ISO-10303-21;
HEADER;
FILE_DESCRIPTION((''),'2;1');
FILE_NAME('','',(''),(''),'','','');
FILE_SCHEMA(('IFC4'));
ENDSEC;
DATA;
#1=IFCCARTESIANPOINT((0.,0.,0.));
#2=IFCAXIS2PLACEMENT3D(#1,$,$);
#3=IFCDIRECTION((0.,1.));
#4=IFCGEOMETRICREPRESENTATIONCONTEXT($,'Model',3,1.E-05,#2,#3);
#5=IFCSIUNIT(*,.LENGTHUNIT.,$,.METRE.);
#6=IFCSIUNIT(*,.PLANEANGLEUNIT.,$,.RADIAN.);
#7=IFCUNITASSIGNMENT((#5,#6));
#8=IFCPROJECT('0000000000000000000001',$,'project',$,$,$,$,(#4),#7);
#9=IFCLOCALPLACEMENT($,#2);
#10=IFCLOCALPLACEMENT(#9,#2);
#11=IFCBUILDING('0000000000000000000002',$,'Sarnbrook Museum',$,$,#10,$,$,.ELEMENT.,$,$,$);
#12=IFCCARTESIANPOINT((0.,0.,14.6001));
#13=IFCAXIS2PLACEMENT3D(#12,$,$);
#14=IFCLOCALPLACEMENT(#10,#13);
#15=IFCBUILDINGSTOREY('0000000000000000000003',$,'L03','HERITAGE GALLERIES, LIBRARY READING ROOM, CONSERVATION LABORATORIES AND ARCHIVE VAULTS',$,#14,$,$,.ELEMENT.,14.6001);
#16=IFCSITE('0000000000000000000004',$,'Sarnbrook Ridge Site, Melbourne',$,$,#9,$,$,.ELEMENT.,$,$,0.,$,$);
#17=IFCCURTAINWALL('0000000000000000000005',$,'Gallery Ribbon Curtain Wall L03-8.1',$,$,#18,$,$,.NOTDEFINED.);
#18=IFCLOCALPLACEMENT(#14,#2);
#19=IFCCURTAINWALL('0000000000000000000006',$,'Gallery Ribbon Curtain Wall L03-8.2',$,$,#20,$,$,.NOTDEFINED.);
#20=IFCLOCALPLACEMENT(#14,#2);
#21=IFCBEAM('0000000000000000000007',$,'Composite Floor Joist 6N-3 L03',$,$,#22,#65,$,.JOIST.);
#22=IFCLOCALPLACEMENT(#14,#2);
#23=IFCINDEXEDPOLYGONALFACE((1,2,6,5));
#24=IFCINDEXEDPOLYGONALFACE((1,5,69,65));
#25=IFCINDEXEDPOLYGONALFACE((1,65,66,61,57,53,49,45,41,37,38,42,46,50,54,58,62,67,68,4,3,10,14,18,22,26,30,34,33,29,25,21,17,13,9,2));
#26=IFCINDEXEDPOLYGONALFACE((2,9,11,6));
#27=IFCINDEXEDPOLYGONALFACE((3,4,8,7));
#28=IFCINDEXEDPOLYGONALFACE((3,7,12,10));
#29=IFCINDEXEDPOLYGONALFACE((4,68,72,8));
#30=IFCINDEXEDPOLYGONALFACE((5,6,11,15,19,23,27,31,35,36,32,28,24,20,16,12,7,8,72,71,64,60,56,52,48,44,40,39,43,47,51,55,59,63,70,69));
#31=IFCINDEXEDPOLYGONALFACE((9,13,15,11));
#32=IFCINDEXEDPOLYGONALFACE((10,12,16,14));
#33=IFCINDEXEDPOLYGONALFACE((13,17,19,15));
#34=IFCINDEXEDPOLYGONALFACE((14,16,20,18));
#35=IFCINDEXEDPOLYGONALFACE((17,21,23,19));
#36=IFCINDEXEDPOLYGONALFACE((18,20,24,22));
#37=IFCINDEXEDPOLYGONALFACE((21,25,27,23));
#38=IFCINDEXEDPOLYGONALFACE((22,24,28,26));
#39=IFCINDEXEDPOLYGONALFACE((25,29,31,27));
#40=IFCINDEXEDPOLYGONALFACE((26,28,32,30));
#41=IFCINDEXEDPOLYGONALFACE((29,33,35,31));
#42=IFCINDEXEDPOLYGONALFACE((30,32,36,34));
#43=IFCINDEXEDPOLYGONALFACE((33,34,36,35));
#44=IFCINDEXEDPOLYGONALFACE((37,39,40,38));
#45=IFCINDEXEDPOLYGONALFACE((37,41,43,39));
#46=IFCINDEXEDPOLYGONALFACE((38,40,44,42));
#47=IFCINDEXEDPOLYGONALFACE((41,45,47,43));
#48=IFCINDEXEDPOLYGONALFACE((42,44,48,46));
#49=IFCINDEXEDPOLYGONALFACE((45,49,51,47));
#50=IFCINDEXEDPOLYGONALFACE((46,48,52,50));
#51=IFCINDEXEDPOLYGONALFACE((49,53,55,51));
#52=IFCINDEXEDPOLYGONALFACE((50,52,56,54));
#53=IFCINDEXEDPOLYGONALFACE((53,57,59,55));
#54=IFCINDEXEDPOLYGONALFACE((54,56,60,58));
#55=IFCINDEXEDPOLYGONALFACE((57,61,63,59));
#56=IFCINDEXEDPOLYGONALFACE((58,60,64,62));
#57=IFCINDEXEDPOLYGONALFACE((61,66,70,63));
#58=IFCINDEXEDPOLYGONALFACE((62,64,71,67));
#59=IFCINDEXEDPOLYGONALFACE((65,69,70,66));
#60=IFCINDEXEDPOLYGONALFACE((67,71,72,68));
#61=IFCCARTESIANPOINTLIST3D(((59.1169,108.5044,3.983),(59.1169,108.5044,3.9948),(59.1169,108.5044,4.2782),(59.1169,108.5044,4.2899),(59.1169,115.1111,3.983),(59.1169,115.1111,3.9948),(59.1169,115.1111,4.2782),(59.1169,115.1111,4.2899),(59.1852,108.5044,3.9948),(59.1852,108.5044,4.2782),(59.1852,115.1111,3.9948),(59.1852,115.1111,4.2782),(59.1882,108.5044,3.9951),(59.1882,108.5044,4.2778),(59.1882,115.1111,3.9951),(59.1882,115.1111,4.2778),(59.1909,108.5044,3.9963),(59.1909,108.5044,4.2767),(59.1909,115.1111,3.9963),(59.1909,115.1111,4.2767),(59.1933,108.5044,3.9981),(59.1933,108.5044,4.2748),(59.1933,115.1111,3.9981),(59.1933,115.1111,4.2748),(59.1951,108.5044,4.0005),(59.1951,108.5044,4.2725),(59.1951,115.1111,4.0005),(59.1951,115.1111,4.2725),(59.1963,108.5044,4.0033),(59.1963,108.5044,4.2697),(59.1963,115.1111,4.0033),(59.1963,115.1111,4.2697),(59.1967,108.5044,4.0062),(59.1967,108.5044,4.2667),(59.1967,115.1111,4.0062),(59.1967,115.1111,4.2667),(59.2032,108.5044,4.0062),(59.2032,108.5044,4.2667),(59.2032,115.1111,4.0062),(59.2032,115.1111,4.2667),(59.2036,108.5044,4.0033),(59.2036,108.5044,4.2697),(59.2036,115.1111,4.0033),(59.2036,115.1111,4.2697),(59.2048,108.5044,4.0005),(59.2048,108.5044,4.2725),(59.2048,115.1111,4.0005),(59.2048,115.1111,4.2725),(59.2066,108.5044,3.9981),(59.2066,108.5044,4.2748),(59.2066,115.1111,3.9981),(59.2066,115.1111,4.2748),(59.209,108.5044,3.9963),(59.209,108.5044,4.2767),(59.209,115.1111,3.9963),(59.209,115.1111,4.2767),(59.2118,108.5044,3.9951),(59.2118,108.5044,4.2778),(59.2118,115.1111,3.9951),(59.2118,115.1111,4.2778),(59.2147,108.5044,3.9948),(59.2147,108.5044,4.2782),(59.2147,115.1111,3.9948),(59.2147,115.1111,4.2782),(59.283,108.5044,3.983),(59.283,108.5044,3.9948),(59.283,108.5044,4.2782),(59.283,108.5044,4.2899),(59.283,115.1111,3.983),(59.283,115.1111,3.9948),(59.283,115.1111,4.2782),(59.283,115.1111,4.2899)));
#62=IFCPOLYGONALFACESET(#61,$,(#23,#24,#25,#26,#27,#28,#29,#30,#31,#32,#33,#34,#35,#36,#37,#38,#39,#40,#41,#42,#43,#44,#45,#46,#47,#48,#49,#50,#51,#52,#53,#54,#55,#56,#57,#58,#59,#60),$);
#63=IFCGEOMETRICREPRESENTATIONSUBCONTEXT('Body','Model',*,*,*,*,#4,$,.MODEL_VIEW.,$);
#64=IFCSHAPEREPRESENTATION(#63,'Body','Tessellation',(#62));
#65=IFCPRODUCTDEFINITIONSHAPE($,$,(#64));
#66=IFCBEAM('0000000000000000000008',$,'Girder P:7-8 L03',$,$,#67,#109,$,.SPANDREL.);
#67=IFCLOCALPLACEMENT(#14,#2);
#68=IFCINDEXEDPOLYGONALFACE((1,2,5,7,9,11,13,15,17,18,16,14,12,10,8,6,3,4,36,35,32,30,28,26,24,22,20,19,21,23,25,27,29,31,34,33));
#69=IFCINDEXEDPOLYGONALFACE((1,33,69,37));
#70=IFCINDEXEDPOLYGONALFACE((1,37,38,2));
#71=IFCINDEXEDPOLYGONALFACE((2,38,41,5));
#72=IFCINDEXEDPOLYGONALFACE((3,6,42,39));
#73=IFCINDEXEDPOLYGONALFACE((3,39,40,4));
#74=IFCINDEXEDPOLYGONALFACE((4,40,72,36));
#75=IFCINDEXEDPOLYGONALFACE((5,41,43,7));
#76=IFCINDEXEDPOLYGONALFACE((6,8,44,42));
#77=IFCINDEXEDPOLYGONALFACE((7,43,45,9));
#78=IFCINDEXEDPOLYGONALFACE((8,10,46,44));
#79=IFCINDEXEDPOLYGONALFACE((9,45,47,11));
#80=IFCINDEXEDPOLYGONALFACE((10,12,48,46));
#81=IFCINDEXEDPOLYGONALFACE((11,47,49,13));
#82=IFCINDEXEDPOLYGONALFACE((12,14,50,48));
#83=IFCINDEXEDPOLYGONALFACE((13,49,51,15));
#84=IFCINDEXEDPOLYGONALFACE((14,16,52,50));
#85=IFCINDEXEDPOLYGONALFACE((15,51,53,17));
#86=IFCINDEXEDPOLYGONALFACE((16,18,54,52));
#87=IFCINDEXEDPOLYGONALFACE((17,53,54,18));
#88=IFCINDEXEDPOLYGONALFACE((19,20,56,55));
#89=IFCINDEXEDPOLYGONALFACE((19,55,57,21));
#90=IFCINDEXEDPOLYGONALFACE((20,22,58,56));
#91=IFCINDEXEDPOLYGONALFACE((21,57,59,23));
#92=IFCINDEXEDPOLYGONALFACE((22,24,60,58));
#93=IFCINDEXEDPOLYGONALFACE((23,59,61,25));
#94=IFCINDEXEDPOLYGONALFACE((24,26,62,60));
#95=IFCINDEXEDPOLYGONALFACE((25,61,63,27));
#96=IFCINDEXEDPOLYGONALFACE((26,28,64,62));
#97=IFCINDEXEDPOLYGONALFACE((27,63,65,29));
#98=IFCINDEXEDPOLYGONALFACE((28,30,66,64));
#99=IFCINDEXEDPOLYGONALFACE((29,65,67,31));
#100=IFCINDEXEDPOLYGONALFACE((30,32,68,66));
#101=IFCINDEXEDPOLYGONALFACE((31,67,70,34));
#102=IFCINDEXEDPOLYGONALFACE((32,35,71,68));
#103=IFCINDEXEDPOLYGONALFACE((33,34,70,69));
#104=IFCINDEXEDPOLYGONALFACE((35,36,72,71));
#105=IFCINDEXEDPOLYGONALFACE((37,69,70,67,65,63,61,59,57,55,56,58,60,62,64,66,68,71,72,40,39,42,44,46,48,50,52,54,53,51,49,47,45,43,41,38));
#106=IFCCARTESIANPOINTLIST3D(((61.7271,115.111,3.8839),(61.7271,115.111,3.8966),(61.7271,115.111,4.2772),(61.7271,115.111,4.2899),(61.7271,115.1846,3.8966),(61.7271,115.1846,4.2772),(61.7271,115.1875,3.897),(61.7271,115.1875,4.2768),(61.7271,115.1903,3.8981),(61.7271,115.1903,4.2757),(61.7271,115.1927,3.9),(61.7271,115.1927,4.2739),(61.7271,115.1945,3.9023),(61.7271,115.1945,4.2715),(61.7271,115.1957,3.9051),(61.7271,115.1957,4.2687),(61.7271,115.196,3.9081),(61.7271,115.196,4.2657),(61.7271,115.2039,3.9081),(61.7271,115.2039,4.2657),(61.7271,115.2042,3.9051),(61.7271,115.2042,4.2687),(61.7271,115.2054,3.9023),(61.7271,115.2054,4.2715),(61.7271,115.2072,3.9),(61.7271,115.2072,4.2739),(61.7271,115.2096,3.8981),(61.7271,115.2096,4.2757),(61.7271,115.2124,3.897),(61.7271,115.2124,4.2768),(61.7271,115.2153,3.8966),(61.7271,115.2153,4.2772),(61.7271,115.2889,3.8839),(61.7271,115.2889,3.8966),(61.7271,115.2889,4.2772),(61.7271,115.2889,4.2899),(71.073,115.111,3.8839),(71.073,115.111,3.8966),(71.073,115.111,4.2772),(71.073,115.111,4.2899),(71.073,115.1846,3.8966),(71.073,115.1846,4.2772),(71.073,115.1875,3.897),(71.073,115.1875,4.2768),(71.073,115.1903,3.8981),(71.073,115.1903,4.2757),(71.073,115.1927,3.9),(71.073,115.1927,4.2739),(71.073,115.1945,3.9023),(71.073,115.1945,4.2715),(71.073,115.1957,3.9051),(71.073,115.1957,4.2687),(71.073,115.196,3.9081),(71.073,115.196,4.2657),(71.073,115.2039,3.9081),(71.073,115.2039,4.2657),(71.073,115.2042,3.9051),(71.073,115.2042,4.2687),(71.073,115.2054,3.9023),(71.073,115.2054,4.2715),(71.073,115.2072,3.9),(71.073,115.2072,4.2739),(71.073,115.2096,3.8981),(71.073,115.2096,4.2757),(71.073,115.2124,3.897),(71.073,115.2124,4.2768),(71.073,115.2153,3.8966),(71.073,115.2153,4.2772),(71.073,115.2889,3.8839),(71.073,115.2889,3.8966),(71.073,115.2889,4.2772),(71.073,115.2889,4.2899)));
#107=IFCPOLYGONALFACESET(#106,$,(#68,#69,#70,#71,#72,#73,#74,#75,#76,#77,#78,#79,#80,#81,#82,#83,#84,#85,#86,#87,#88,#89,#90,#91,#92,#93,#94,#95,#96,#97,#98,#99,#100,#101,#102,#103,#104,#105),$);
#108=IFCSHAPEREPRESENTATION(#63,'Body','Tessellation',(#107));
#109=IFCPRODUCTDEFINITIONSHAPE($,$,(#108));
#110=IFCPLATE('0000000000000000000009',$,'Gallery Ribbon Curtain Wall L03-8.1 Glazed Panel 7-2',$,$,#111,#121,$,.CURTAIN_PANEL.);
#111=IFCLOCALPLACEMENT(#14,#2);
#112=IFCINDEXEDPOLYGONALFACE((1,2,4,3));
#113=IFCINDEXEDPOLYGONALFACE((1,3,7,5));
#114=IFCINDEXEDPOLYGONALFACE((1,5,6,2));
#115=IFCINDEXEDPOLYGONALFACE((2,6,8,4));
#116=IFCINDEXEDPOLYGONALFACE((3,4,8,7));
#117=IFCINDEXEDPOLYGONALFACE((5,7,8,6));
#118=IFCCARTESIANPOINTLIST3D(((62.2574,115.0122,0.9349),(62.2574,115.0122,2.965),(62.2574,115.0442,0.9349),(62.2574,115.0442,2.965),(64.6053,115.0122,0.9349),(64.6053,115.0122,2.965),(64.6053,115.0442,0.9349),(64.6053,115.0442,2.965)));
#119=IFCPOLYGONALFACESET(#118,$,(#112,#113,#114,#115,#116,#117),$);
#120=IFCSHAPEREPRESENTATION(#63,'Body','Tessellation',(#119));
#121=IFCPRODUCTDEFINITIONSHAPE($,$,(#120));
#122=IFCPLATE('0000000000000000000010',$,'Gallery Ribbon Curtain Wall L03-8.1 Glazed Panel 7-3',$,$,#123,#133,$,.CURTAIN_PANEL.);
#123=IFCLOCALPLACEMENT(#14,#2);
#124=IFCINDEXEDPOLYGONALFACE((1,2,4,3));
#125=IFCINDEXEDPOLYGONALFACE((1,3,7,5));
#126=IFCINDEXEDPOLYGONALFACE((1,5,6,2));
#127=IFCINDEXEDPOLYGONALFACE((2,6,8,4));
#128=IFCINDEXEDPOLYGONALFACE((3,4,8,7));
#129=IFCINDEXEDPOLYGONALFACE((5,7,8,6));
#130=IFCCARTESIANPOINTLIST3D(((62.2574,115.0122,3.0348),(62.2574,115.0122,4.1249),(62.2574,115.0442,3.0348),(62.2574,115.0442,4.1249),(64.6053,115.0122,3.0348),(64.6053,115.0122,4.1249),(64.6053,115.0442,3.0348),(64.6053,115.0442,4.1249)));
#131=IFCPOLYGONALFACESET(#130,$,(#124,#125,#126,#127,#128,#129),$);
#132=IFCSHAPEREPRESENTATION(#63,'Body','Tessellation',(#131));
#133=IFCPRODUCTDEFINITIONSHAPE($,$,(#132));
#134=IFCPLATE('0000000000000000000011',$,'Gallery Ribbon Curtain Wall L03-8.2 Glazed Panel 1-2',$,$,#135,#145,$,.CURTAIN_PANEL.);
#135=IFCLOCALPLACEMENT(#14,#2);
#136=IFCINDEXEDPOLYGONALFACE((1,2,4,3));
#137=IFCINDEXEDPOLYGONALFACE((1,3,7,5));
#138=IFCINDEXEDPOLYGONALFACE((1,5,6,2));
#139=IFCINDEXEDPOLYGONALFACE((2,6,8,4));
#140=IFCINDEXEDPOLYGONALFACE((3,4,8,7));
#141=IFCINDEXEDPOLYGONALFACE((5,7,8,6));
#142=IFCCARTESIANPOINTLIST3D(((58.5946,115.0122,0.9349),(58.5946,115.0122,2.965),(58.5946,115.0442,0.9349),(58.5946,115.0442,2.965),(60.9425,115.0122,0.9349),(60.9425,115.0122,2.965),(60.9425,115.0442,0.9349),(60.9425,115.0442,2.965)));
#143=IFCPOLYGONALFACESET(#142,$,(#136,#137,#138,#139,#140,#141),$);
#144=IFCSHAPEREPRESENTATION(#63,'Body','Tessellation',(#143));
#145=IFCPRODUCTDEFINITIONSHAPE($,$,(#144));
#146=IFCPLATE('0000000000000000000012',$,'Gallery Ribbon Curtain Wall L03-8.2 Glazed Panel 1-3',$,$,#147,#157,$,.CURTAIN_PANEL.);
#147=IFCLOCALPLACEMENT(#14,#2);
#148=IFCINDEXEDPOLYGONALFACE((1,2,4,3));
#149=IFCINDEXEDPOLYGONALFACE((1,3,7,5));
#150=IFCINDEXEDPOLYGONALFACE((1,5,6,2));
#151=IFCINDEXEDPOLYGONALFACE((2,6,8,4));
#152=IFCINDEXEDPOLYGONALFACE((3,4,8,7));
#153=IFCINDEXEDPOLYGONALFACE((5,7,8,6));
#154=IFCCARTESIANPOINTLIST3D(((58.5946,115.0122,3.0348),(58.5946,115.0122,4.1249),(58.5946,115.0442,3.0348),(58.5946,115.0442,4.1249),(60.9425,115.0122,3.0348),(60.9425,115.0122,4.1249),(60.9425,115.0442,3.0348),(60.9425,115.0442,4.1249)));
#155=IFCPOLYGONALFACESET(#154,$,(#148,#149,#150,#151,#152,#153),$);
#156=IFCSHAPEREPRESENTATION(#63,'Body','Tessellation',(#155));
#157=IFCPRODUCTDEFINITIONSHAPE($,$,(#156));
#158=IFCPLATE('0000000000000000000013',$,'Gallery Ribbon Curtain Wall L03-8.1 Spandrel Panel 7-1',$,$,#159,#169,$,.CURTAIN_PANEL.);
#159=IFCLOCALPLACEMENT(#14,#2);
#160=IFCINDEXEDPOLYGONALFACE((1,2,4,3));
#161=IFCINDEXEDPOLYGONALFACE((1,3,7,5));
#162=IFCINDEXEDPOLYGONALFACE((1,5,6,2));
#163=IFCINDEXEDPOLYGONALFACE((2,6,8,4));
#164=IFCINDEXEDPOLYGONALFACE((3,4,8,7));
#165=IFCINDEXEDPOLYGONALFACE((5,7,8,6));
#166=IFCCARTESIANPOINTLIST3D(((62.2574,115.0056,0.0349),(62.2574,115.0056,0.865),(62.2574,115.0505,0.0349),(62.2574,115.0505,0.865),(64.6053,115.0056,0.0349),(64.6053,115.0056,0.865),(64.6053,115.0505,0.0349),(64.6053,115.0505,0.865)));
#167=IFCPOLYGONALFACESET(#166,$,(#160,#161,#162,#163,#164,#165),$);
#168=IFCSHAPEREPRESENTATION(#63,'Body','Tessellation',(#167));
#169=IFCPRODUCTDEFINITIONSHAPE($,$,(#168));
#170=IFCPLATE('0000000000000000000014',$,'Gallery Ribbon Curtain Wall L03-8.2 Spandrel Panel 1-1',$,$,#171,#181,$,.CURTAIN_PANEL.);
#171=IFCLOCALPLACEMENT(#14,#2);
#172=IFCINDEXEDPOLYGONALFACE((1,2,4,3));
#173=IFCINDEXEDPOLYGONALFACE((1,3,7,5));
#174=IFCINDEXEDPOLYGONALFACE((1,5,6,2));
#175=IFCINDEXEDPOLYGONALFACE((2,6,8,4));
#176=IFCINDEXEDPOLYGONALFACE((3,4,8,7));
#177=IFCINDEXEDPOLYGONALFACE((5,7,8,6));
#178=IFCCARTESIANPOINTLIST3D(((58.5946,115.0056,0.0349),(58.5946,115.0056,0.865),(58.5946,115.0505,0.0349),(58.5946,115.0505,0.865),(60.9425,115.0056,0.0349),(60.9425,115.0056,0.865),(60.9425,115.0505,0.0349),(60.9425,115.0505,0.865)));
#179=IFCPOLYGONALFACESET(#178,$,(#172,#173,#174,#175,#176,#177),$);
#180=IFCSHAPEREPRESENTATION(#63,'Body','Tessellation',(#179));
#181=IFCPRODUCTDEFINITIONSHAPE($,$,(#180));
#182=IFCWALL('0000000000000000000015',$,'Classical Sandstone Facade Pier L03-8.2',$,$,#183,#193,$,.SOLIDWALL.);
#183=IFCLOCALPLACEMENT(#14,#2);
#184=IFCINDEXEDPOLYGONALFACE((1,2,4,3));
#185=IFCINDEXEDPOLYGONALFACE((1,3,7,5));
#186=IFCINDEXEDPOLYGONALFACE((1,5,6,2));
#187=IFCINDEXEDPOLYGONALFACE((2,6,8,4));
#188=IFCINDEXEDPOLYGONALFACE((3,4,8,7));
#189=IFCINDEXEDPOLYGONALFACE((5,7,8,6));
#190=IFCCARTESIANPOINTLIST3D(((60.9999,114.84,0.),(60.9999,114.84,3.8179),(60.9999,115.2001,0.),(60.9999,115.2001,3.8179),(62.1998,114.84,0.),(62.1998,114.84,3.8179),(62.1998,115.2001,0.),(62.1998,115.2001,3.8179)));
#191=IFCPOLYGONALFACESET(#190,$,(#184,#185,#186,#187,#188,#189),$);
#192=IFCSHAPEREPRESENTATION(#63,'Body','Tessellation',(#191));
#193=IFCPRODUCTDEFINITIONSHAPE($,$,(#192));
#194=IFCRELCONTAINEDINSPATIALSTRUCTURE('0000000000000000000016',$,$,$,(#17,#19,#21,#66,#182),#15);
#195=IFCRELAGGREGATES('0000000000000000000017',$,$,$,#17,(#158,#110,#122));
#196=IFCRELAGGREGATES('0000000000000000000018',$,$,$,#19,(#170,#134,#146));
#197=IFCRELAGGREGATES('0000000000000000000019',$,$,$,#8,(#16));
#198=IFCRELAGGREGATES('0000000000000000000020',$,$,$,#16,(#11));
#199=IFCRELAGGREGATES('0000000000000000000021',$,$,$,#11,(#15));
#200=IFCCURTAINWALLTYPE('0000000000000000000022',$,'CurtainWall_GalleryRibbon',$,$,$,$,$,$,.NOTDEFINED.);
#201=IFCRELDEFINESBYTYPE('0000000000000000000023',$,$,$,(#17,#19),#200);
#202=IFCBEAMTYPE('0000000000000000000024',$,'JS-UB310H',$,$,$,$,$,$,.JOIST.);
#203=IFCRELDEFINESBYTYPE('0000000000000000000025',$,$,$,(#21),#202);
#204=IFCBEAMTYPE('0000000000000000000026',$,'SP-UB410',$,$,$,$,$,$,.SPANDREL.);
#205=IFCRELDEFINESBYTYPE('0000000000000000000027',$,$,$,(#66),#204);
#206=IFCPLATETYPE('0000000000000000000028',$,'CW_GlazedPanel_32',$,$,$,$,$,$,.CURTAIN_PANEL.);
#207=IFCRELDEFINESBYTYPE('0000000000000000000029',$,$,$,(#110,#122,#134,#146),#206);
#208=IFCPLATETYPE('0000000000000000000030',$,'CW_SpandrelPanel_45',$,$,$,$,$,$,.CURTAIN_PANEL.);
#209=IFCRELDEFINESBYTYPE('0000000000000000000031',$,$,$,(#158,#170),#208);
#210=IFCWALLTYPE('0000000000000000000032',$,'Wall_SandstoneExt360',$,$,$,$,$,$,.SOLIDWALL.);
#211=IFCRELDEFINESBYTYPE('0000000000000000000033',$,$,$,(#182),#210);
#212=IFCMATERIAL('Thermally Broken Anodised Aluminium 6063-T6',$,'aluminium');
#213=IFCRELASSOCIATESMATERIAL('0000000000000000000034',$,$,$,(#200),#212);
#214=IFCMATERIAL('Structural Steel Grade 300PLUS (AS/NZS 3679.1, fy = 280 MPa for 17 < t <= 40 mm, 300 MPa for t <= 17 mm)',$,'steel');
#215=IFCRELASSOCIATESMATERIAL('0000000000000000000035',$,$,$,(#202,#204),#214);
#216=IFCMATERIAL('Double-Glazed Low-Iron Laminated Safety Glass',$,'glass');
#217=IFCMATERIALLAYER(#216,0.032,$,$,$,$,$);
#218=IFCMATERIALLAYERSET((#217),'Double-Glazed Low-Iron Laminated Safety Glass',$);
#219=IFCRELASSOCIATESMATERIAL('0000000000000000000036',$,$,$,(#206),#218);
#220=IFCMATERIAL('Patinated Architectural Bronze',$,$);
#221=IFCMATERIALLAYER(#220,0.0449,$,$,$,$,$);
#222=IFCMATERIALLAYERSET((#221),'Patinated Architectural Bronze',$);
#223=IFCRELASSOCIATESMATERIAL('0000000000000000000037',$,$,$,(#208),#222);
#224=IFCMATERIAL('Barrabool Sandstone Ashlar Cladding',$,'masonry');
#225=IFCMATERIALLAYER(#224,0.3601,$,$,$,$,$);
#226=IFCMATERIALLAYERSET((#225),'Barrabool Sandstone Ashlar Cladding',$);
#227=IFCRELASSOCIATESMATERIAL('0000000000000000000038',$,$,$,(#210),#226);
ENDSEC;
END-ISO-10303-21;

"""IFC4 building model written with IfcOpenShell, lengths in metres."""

from ifc_helpers import new_model, si_unit, direction, frame, frame_2d, origin, origin_2d, place, context, subcontext, project, spatial, rectangle, i_section, extrude, material, layer, layer_set, material_profile, profile_set, type_object, element, aggregate, save


model = new_model("IFC4")

# Units and contexts
model_context = context("Model", 3, precision=1e-05, world=origin(), true_north=direction((0.0, 1.0)))
body_context = subcontext(model_context, "Body", "Model", "MODEL_VIEW")
ifc_project = project(units=[si_unit("LENGTHUNIT", "METRE"), si_unit("PLANEANGLEUNIT", "RADIAN")], contexts=[model_context])

# Site, building, storey
site_placement = place(None, origin())
site = spatial("IfcSite", under=ifc_project, at=site_placement, Name="Sarnbrook Ridge Site, Melbourne", CompositionType="ELEMENT", RefElevation=0.0)
building_placement = place(site_placement, origin())
building = spatial("IfcBuilding", under=site, at=building_placement, Name="Sarnbrook Museum", CompositionType="ELEMENT")
storey_placement = place(building_placement, frame((0.0, 0.0, 14.6001)))
storey = spatial("IfcBuildingStorey", under=building, at=storey_placement, Name="L03", Description="HERITAGE GALLERIES, LIBRARY READING ROOM, CONSERVATION LABORATORIES AND ARCHIVE VAULTS", CompositionType="ELEMENT", Elevation=14.6001)

# Shared definitions
ifc_material_1 = material(Name="Structural Steel Grade 300PLUS (AS/NZS 3679.1, fy = 280 MPa for 17 < t <= 40 mm, 300 MPa for t <= 17 mm)", Category="steel")

# Curtain walls
ifc_material_2 = material(Name="Thermally Broken Anodised Aluminium 6063-T6", Category="aluminium")
curtain_wall_type = type_object("IfcCurtainWallType", Name="CurtainWall_GalleryRibbon", PredefinedType="NOTDEFINED", material=ifc_material_2)
curtain_wall_1_placement = place(storey_placement, origin())
curtain_wall_1 = element("IfcCurtainWall", 1, at=curtain_wall_1_placement, inside=storey, type_object=curtain_wall_type, Name="Gallery Ribbon Curtain Wall L03-8.1", PredefinedType="NOTDEFINED")
curtain_wall_2_placement = place(storey_placement, origin())
curtain_wall_2 = element("IfcCurtainWall", 2, at=curtain_wall_2_placement, inside=storey, type_object=curtain_wall_type, Name="Gallery Ribbon Curtain Wall L03-8.2", PredefinedType="NOTDEFINED")

# Beams
ifc_material_profile_1 = material_profile(ifc_material_1, i_section(OverallWidth=0.166, OverallDepth=0.3069, WebThickness=0.0066, FlangeThickness=0.0117, FilletRadius=0.0115, at=origin_2d()), Name="310UB46.2")
ifc_profile_set_1 = profile_set([ifc_material_profile_1], Name="Structural Steel Grade 300PLUS (AS/NZS 3679.1, fy = 280 MPa for 17 < t <= 40 mm, 300 MPa for t <= 17 mm)")
beam_type_1 = type_object("IfcBeamType", Name="JS-UB310H", PredefinedType="JOIST", material=ifc_profile_set_1)
beam_1_placement = place(storey_placement, frame((59.2, 108.5044, 4.1365), z_axis=(0.0, 1.0, 0.0), x_axis=(-1.0, 0.0, 0.0)))
element("IfcBeam", 3, at=beam_1_placement, inside=storey, type_object=beam_type_1, Name="Composite Floor Joist 6N-3 L03", PredefinedType="JOIST", context=body_context, shape_type="SweptSolid", body=[
    extrude(i_section(OverallWidth=0.166, OverallDepth=0.3069, WebThickness=0.0066, FlangeThickness=0.0117, FilletRadius=0.0115, at=origin_2d()), origin(), (0.0, 0.0, 1.0), 6.6067),
])
ifc_material_profile_2 = material_profile(ifc_material_1, i_section(OverallWidth=0.178, OverallDepth=0.406, WebThickness=0.0078, FlangeThickness=0.0127, FilletRadius=0.0115, at=origin_2d()), Name="410UB59.7")
ifc_profile_set_2 = profile_set([ifc_material_profile_2], Name="Structural Steel Grade 300PLUS (AS/NZS 3679.1, fy = 280 MPa for 17 < t <= 40 mm, 300 MPa for t <= 17 mm)")
beam_type_2 = type_object("IfcBeamType", Name="SP-UB410", PredefinedType="SPANDREL", material=ifc_profile_set_2)
beam_2_placement = place(storey_placement, frame((61.7271, 115.2, 4.0869), z_axis=(1.0, 0.0, 0.0), x_axis=(0.0, 1.0, 0.0)))
element("IfcBeam", 4, at=beam_2_placement, inside=storey, type_object=beam_type_2, Name="Girder P:7-8 L03", PredefinedType="SPANDREL", context=body_context, shape_type="SweptSolid", body=[
    extrude(i_section(OverallWidth=0.178, OverallDepth=0.406, WebThickness=0.0078, FlangeThickness=0.0127, FilletRadius=0.0115, at=origin_2d()), origin(), (0.0, 0.0, 1.0), 9.3459),
])

# Plates
ifc_material_3 = material(Name="Double-Glazed Low-Iron Laminated Safety Glass", Category="glass")
ifc_layer_1 = layer(ifc_material_3, 0.032)
ifc_layer_set_1 = layer_set([ifc_layer_1], Name="Double-Glazed Low-Iron Laminated Safety Glass")
plate_type_1 = type_object("IfcPlateType", Name="CW_GlazedPanel_32", PredefinedType="CURTAIN_PANEL", material=ifc_layer_set_1)
plate_1_placement = place(storey_placement, frame((63.4314, 115.0122, 1.95), z_axis=(0.0, 1.0, 0.0), x_axis=(-1.0, 0.0, 0.0)))
plate_1 = element("IfcPlate", 5, at=plate_1_placement, type_object=plate_type_1, Name="Gallery Ribbon Curtain Wall L03-8.1 Glazed Panel 7-2", PredefinedType="CURTAIN_PANEL", context=body_context, shape_type="SweptSolid", body=[
    extrude(rectangle(XDim=2.3479, YDim=2.03, at=origin_2d()), origin(), (0.0, 0.0, 1.0), 0.032),
])
plate_2_placement = place(storey_placement, frame((63.4314, 115.0122, 3.5798), z_axis=(0.0, 1.0, 0.0), x_axis=(-1.0, 0.0, 0.0)))
plate_2 = element("IfcPlate", 6, at=plate_2_placement, type_object=plate_type_1, Name="Gallery Ribbon Curtain Wall L03-8.1 Glazed Panel 7-3", PredefinedType="CURTAIN_PANEL", context=body_context, shape_type="SweptSolid", body=[
    extrude(rectangle(XDim=2.3479, YDim=1.0901, at=origin_2d()), origin(), (0.0, 0.0, 1.0), 0.032),
])
plate_3_placement = place(storey_placement, frame((59.7686, 115.0122, 1.95), z_axis=(0.0, 1.0, 0.0), x_axis=(-1.0, 0.0, 0.0)))
plate_3 = element("IfcPlate", 7, at=plate_3_placement, type_object=plate_type_1, Name="Gallery Ribbon Curtain Wall L03-8.2 Glazed Panel 1-2", PredefinedType="CURTAIN_PANEL", context=body_context, shape_type="SweptSolid", body=[
    extrude(rectangle(XDim=2.3479, YDim=2.03, at=origin_2d()), origin(), (0.0, 0.0, 1.0), 0.032),
])
plate_4_placement = place(storey_placement, frame((59.7686, 115.0122, 3.5798), z_axis=(0.0, 1.0, 0.0), x_axis=(-1.0, 0.0, 0.0)))
plate_4 = element("IfcPlate", 8, at=plate_4_placement, type_object=plate_type_1, Name="Gallery Ribbon Curtain Wall L03-8.2 Glazed Panel 1-3", PredefinedType="CURTAIN_PANEL", context=body_context, shape_type="SweptSolid", body=[
    extrude(rectangle(XDim=2.3479, YDim=1.0901, at=origin_2d()), origin(), (0.0, 0.0, 1.0), 0.032),
])
ifc_material_4 = material(Name="Patinated Architectural Bronze")
ifc_layer_2 = layer(ifc_material_4, 0.0449)
ifc_layer_set_2 = layer_set([ifc_layer_2], Name="Patinated Architectural Bronze")
plate_type_2 = type_object("IfcPlateType", Name="CW_SpandrelPanel_45", PredefinedType="CURTAIN_PANEL", material=ifc_layer_set_2)
plate_5_placement = place(storey_placement, frame((63.4314, 115.0056, 0.45), z_axis=(0.0, 1.0, 0.0), x_axis=(-1.0, 0.0, 0.0)))
plate_5 = element("IfcPlate", 9, at=plate_5_placement, type_object=plate_type_2, Name="Gallery Ribbon Curtain Wall L03-8.1 Spandrel Panel 7-1", PredefinedType="CURTAIN_PANEL", context=body_context, shape_type="SweptSolid", body=[
    extrude(rectangle(XDim=2.3479, YDim=0.8301, at=origin_2d()), origin(), (0.0, 0.0, 1.0), 0.0449),
])
aggregate(curtain_wall_1, [plate_5, plate_1, plate_2])
plate_6_placement = place(storey_placement, frame((59.7686, 115.0056, 0.45), z_axis=(0.0, 1.0, 0.0), x_axis=(-1.0, 0.0, 0.0)))
plate_6 = element("IfcPlate", 10, at=plate_6_placement, type_object=plate_type_2, Name="Gallery Ribbon Curtain Wall L03-8.2 Spandrel Panel 1-1", PredefinedType="CURTAIN_PANEL", context=body_context, shape_type="SweptSolid", body=[
    extrude(rectangle(XDim=2.3479, YDim=0.8301, at=origin_2d()), origin(), (0.0, 0.0, 1.0), 0.0449),
])
aggregate(curtain_wall_2, [plate_6, plate_3, plate_4])

# Wall
ifc_material_5 = material(Name="Barrabool Sandstone Ashlar Cladding", Category="masonry")
ifc_layer_3 = layer(ifc_material_5, 0.3601)
ifc_layer_set_3 = layer_set([ifc_layer_3], Name="Barrabool Sandstone Ashlar Cladding")
wall_type = type_object("IfcWallType", Name="Wall_SandstoneExt360", PredefinedType="SOLIDWALL", material=ifc_layer_set_3)
wall_placement = place(storey_placement, frame((62.2, 115.02, 0.0), z_axis=(0.0, 0.0, 1.0), x_axis=(-1.0, 0.0, 0.0)))
element("IfcWall", 11, at=wall_placement, inside=storey, type_object=wall_type, Name="Classical Sandstone Facade Pier L03-8.2", PredefinedType="SOLIDWALL", context=body_context, shape_type="SweptSolid", body=[
    extrude(rectangle(XDim=1.2, YDim=0.3601, at=frame_2d((0.6001, 0.0))), origin(), (0.0, 0.0, 1.0), 3.8179),
])

save(model, "model.ifc")
